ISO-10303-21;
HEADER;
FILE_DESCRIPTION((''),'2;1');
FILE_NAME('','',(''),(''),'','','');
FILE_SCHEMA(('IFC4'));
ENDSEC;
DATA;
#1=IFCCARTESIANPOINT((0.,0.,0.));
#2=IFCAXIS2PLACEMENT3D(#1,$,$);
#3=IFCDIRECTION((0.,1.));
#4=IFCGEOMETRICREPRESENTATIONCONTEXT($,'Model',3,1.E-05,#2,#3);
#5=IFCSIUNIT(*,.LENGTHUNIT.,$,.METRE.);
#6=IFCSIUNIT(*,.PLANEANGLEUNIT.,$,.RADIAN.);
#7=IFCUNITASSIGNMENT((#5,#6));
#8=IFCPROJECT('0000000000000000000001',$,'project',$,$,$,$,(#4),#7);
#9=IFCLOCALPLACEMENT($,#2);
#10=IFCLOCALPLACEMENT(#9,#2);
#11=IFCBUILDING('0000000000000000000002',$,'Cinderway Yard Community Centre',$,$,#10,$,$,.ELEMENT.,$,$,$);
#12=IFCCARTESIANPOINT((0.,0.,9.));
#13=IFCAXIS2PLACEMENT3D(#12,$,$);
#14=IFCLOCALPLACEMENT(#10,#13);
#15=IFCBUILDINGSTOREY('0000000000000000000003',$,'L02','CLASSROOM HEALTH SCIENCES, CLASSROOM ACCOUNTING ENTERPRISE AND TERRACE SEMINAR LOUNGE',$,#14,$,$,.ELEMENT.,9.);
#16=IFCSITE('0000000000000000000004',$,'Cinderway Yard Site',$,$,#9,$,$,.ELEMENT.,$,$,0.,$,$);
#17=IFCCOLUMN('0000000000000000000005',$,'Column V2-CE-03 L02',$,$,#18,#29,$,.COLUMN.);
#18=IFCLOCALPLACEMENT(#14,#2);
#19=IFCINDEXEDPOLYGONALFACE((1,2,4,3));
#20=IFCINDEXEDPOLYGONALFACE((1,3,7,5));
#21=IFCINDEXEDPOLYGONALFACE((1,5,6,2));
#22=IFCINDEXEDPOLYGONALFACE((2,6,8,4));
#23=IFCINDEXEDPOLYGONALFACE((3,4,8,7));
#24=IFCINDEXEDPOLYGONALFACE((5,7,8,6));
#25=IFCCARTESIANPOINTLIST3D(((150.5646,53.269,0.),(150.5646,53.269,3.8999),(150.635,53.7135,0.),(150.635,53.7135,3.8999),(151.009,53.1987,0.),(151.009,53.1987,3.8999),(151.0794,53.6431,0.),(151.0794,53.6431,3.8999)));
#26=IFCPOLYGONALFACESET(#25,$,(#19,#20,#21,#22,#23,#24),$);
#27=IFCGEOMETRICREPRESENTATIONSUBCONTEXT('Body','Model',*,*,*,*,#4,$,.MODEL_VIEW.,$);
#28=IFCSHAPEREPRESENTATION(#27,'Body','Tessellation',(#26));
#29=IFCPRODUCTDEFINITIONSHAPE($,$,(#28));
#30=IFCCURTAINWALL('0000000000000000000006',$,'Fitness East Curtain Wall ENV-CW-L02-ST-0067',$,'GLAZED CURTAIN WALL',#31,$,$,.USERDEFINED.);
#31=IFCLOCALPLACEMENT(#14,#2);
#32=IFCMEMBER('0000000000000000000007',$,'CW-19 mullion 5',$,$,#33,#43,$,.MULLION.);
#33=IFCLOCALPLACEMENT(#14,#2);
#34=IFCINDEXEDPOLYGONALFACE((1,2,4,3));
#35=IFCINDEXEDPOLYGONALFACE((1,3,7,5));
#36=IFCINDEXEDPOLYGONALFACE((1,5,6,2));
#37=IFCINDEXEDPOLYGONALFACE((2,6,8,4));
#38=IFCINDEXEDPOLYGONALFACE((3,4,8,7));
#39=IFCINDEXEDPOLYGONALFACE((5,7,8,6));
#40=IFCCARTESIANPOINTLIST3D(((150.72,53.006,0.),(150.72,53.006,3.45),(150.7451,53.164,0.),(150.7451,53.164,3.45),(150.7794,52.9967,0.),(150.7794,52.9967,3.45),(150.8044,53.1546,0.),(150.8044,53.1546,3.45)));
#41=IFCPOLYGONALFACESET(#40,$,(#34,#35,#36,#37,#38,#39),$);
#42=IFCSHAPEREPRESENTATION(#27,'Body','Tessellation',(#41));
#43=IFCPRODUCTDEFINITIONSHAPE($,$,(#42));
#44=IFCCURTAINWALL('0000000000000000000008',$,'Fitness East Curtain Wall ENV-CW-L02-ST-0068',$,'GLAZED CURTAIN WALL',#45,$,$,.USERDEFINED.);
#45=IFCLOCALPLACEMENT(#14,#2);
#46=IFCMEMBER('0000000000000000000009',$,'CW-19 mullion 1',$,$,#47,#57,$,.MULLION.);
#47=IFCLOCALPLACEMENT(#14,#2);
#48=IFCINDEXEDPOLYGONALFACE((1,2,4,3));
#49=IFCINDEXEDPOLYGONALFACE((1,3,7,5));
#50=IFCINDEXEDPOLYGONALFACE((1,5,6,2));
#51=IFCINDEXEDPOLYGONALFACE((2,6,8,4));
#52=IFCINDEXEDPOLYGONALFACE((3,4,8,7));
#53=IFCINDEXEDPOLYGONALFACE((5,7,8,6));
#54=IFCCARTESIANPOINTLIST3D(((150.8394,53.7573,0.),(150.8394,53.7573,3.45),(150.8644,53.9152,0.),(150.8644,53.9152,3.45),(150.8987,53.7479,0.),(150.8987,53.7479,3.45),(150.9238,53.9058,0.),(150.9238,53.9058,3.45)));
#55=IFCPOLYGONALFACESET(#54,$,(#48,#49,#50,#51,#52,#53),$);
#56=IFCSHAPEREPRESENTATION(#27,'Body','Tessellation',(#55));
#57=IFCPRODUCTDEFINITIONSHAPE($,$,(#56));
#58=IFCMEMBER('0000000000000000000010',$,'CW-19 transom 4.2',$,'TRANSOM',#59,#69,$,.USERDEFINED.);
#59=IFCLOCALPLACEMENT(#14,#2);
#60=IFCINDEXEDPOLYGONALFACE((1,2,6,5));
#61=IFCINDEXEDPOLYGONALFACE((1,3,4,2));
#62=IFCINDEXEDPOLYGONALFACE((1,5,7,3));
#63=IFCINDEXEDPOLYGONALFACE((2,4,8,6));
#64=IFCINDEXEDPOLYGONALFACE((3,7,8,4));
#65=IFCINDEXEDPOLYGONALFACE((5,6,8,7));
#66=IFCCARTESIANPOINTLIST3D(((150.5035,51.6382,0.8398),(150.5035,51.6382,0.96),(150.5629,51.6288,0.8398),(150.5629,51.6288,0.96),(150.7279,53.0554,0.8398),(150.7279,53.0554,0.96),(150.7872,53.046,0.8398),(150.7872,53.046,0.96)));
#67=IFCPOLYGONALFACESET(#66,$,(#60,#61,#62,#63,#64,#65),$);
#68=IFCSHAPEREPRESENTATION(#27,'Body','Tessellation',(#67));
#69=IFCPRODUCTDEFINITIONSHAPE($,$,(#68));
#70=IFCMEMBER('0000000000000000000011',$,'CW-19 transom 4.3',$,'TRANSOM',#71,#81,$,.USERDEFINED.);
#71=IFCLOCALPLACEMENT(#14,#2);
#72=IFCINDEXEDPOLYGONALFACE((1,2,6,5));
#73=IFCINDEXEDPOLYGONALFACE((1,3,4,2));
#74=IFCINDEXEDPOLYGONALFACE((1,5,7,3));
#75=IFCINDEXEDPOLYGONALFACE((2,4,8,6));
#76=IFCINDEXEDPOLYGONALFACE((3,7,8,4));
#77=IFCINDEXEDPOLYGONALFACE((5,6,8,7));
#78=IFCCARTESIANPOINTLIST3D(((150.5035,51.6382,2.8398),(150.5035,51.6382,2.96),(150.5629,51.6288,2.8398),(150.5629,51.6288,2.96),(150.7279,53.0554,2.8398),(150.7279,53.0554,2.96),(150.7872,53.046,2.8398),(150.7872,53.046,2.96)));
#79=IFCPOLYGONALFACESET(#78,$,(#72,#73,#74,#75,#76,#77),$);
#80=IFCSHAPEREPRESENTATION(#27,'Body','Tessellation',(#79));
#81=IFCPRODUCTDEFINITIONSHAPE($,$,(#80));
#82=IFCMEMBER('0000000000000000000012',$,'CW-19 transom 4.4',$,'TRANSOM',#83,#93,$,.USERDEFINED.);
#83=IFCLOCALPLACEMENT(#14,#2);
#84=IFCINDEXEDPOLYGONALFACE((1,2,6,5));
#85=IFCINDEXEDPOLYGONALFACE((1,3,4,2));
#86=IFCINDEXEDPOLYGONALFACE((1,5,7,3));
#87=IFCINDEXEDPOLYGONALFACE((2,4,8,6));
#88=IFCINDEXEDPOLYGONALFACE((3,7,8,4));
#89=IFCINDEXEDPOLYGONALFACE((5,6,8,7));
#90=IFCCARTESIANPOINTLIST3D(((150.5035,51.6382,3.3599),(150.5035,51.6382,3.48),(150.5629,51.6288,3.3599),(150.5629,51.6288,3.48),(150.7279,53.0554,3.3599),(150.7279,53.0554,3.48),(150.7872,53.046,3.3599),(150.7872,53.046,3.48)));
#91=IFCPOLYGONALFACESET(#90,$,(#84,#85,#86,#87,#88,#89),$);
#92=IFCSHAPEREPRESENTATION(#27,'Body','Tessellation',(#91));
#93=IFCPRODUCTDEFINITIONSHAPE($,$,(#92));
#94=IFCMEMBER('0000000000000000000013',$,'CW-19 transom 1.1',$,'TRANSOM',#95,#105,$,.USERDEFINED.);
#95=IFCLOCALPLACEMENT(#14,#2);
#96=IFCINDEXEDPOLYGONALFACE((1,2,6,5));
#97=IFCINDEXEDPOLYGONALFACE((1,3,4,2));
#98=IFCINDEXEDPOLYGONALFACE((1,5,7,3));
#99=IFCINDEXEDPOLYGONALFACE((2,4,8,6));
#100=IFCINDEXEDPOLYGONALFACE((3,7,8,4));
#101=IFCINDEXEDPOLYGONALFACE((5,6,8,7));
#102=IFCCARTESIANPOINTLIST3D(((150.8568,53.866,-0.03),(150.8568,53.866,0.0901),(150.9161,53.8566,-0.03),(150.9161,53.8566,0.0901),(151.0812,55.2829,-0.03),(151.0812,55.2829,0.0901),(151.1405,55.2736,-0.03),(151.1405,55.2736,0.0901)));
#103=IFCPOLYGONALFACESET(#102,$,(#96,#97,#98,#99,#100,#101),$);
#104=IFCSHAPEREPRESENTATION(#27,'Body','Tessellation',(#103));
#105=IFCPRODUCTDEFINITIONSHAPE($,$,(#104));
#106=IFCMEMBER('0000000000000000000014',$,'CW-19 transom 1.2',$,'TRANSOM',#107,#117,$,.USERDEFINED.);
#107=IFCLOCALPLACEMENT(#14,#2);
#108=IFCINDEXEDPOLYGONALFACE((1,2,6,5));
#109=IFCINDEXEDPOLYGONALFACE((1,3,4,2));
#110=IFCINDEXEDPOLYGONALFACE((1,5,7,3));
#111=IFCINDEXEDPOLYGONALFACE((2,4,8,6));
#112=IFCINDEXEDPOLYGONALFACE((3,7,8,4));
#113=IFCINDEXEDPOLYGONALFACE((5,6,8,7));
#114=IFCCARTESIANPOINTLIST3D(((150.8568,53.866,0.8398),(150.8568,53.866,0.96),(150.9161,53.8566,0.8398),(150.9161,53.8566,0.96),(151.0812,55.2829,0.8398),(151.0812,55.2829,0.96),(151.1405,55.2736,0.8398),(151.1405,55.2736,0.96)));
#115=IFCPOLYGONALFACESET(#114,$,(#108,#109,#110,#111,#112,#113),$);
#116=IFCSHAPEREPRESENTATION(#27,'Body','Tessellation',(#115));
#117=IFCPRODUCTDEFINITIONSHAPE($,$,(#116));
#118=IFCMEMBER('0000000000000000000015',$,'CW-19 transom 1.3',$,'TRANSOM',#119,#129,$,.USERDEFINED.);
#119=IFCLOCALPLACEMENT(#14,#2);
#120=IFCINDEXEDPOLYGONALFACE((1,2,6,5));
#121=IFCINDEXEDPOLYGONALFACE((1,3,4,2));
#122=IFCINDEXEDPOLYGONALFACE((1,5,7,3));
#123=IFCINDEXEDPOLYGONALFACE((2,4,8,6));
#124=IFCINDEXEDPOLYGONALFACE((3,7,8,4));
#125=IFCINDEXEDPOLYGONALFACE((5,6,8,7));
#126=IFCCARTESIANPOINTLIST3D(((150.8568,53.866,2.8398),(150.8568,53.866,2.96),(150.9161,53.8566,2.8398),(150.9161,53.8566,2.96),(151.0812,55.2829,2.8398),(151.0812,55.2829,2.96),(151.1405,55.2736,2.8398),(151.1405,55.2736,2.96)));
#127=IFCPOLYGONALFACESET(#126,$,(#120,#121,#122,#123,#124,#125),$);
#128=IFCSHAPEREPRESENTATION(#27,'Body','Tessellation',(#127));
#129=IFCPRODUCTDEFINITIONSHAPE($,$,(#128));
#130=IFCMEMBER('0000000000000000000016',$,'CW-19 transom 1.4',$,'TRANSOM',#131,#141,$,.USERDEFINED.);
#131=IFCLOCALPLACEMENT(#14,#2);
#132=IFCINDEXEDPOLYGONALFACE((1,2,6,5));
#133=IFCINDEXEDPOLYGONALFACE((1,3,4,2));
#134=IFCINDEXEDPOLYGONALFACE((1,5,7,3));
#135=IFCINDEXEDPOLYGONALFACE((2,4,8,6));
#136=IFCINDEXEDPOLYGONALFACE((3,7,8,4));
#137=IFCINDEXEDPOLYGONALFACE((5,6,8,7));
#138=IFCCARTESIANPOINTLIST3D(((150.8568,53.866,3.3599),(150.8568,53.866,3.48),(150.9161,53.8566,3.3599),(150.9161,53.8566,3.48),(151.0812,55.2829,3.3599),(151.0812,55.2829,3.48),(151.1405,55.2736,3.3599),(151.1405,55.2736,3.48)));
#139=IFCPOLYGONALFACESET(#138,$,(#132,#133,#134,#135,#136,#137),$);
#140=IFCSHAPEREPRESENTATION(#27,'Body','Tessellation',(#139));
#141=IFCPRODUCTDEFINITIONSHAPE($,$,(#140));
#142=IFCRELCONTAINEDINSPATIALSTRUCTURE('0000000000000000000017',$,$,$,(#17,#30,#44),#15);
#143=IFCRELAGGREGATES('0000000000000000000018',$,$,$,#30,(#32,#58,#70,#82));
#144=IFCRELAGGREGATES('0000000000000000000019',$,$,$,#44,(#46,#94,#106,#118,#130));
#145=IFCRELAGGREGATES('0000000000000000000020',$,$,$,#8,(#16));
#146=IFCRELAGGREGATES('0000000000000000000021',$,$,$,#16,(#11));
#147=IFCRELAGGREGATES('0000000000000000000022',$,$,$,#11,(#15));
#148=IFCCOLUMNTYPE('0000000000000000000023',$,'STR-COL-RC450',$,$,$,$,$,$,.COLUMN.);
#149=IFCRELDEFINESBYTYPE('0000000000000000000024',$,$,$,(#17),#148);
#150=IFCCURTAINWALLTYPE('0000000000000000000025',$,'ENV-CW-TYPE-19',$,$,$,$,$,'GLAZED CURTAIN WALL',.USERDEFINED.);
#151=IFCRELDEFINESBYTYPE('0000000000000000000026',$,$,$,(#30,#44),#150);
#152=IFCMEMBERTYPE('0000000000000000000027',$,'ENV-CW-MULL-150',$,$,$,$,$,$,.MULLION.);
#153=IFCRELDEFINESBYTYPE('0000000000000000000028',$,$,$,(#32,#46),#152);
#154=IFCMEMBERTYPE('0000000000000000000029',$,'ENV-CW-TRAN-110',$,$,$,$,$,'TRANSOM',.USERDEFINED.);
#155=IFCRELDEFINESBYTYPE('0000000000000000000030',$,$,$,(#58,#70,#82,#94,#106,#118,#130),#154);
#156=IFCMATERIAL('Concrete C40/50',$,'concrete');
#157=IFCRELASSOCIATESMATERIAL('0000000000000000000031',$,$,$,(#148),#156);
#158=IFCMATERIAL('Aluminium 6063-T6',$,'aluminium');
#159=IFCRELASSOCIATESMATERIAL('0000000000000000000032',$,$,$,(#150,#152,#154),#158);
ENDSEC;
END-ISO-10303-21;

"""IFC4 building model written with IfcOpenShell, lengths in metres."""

from ifc_helpers import new_model, si_unit, direction, frame, origin, origin_2d, place, context, subcontext, project, spatial, rectangle, extrude, material, material_profile, profile_set, type_object, element, aggregate, save


model = new_model("IFC4")

# Units and contexts
model_context = context("Model", 3, precision=1e-05, world=origin(), true_north=direction((0.0, 1.0)))
body_context = subcontext(model_context, "Body", "Model", "MODEL_VIEW")
ifc_project = project(units=[si_unit("LENGTHUNIT", "METRE"), si_unit("PLANEANGLEUNIT", "RADIAN")], contexts=[model_context])

# Site, building, storey
site_placement = place(None, origin())
site = spatial("IfcSite", under=ifc_project, at=site_placement, Name="Cinderway Yard Site", CompositionType="ELEMENT", RefElevation=0.0)
building_placement = place(site_placement, origin())
building = spatial("IfcBuilding", under=site, at=building_placement, Name="Cinderway Yard Community Centre", CompositionType="ELEMENT")
storey_placement = place(building_placement, frame((0.0, 0.0, 9.0)))
storey = spatial("IfcBuildingStorey", under=building, at=storey_placement, Name="L02", Description="CLASSROOM HEALTH SCIENCES, CLASSROOM ACCOUNTING ENTERPRISE AND TERRACE SEMINAR LOUNGE", CompositionType="ELEMENT", Elevation=9.0)

# Column
ifc_material_1 = material(Name="Concrete C40/50", Category="concrete")
ifc_material_profile_1 = material_profile(ifc_material_1, rectangle(XDim=0.45, YDim=0.45, at=origin_2d()), Name="Concrete C40/50")
ifc_profile_set_1 = profile_set([ifc_material_profile_1], Name="Concrete C40/50")
column_type = type_object("IfcColumnType", Name="STR-COL-RC450", PredefinedType="COLUMN", material=ifc_profile_set_1)
column_placement = place(storey_placement, frame((150.822, 53.4561, 0.0), z_axis=(0.0, 0.0, 1.0), x_axis=(0.987688, -0.156434, 0.0)))
element("IfcColumn", 1, at=column_placement, inside=storey, type_object=column_type, Name="Column V2-CE-03 L02", PredefinedType="COLUMN", context=body_context, shape_type="SweptSolid", body=[
    extrude(rectangle(XDim=0.45, YDim=0.45, at=origin_2d()), origin(), (0.0, 0.0, 1.0), 3.8999),
])

# Curtain walls, members
ifc_material_2 = material(Name="Aluminium 6063-T6", Category="aluminium")
curtain_wall_type = type_object("IfcCurtainWallType", Name="ENV-CW-TYPE-19", ElementType="GLAZED CURTAIN WALL", PredefinedType="USERDEFINED", material=ifc_material_2)
curtain_wall_1_placement = place(storey_placement, origin())
curtain_wall_1 = element("IfcCurtainWall", 2, at=curtain_wall_1_placement, inside=storey, type_object=curtain_wall_type, Name="Fitness East Curtain Wall ENV-CW-L02-ST-0067", ObjectType="GLAZED CURTAIN WALL", PredefinedType="USERDEFINED")
ifc_material_profile_2 = material_profile(ifc_material_2, rectangle(XDim=0.0601, YDim=0.1599, at=origin_2d()), Name="Aluminium 6063-T6")
ifc_profile_set_2 = profile_set([ifc_material_profile_2], Name="Aluminium 6063-T6")
member_type_1 = type_object("IfcMemberType", Name="ENV-CW-MULL-150", PredefinedType="MULLION", material=ifc_profile_set_2)
member_1_placement = place(storey_placement, frame((150.7622, 53.0803, 0.0), z_axis=(0.0, 0.0, 1.0), x_axis=(-0.987691, 0.156417, 0.0)))
member_1 = element("IfcMember", 3, at=member_1_placement, type_object=member_type_1, Name="CW-19 mullion 5", PredefinedType="MULLION", context=body_context, shape_type="SweptSolid", body=[
    extrude(rectangle(XDim=0.0601, YDim=0.1599, at=origin_2d()), origin(), (0.0, 0.0, 1.0), 3.45),
])
curtain_wall_2_placement = place(storey_placement, origin())
curtain_wall_2 = element("IfcCurtainWall", 4, at=curtain_wall_2_placement, inside=storey, type_object=curtain_wall_type, Name="Fitness East Curtain Wall ENV-CW-L02-ST-0068", ObjectType="GLAZED CURTAIN WALL", PredefinedType="USERDEFINED")
member_2_placement = place(storey_placement, frame((150.8816, 53.8315, 0.0), z_axis=(0.0, 0.0, 1.0), x_axis=(-0.987691, 0.156417, 0.0)))
member_2 = element("IfcMember", 5, at=member_2_placement, type_object=member_type_1, Name="CW-19 mullion 1", PredefinedType="MULLION", context=body_context, shape_type="SweptSolid", body=[
    extrude(rectangle(XDim=0.0601, YDim=0.1599, at=origin_2d()), origin(), (0.0, 0.0, 1.0), 3.45),
])

# Members
ifc_material_profile_3 = material_profile(ifc_material_2, rectangle(XDim=0.0601, YDim=0.1201, at=origin_2d()), Name="Aluminium 6063-T6")
ifc_profile_set_3 = profile_set([ifc_material_profile_3], Name="Aluminium 6063-T6")
member_type_2 = type_object("IfcMemberType", Name="ENV-CW-TRAN-110", ElementType="TRANSOM", PredefinedType="USERDEFINED", material=ifc_profile_set_3)
member_3_placement = place(storey_placement, frame((150.5332, 51.6335, 0.8999), z_axis=(0.156364, 0.987699, 0.0), x_axis=(-0.987699, 0.156364, 0.0)))
member_3 = element("IfcMember", 6, at=member_3_placement, type_object=member_type_2, Name="CW-19 transom 4.2", ObjectType="TRANSOM", PredefinedType="USERDEFINED", context=body_context, shape_type="SweptSolid", body=[
    extrude(rectangle(XDim=0.0601, YDim=0.1201, at=origin_2d()), origin(), (0.0, 0.0, 1.0), 1.4348),
])
member_4_placement = place(storey_placement, frame((150.5332, 51.6335, 2.8999), z_axis=(0.156364, 0.987699, 0.0), x_axis=(-0.987699, 0.156364, 0.0)))
member_4 = element("IfcMember", 7, at=member_4_placement, type_object=member_type_2, Name="CW-19 transom 4.3", ObjectType="TRANSOM", PredefinedType="USERDEFINED", context=body_context, shape_type="SweptSolid", body=[
    extrude(rectangle(XDim=0.0601, YDim=0.1201, at=origin_2d()), origin(), (0.0, 0.0, 1.0), 1.4348),
])
member_5_placement = place(storey_placement, frame((150.5332, 51.6335, 3.4199), z_axis=(0.156364, 0.987699, 0.0), x_axis=(-0.987699, 0.156364, 0.0)))
member_5 = element("IfcMember", 8, at=member_5_placement, type_object=member_type_2, Name="CW-19 transom 4.4", ObjectType="TRANSOM", PredefinedType="USERDEFINED", context=body_context, shape_type="SweptSolid", body=[
    extrude(rectangle(XDim=0.0601, YDim=0.1201, at=origin_2d()), origin(), (0.0, 0.0, 1.0), 1.4348),
])
member_6_placement = place(storey_placement, frame((150.8865, 53.8613, 0.03), z_axis=(0.156391, 0.987695, 0.0), x_axis=(-0.987695, 0.156391, 0.0)))
member_6 = element("IfcMember", 9, at=member_6_placement, type_object=member_type_2, Name="CW-19 transom 1.1", ObjectType="TRANSOM", PredefinedType="USERDEFINED", context=body_context, shape_type="SweptSolid", body=[
    extrude(rectangle(XDim=0.0601, YDim=0.1201, at=origin_2d()), origin(), (0.0, 0.0, 1.0), 1.4346),
])
member_7_placement = place(storey_placement, frame((150.8865, 53.8613, 0.8999), z_axis=(0.156391, 0.987695, 0.0), x_axis=(-0.987695, 0.156391, 0.0)))
member_7 = element("IfcMember", 10, at=member_7_placement, type_object=member_type_2, Name="CW-19 transom 1.2", ObjectType="TRANSOM", PredefinedType="USERDEFINED", context=body_context, shape_type="SweptSolid", body=[
    extrude(rectangle(XDim=0.0601, YDim=0.1201, at=origin_2d()), origin(), (0.0, 0.0, 1.0), 1.4346),
])
member_8_placement = place(storey_placement, frame((150.8865, 53.8613, 2.8999), z_axis=(0.156391, 0.987695, 0.0), x_axis=(-0.987695, 0.156391, 0.0)))
member_8 = element("IfcMember", 11, at=member_8_placement, type_object=member_type_2, Name="CW-19 transom 1.3", ObjectType="TRANSOM", PredefinedType="USERDEFINED", context=body_context, shape_type="SweptSolid", body=[
    extrude(rectangle(XDim=0.0601, YDim=0.1201, at=origin_2d()), origin(), (0.0, 0.0, 1.0), 1.4346),
])
member_9_placement = place(storey_placement, frame((150.8865, 53.8613, 3.4199), z_axis=(0.156391, 0.987695, 0.0), x_axis=(-0.987695, 0.156391, 0.0)))
member_9 = element("IfcMember", 12, at=member_9_placement, type_object=member_type_2, Name="CW-19 transom 1.4", ObjectType="TRANSOM", PredefinedType="USERDEFINED", context=body_context, shape_type="SweptSolid", body=[
    extrude(rectangle(XDim=0.0601, YDim=0.1201, at=origin_2d()), origin(), (0.0, 0.0, 1.0), 1.4346),
])

aggregate(curtain_wall_1, [member_1, member_3, member_4, member_5])
aggregate(curtain_wall_2, [member_2, member_6, member_7, member_8, member_9])

save(model, "model.ifc")
